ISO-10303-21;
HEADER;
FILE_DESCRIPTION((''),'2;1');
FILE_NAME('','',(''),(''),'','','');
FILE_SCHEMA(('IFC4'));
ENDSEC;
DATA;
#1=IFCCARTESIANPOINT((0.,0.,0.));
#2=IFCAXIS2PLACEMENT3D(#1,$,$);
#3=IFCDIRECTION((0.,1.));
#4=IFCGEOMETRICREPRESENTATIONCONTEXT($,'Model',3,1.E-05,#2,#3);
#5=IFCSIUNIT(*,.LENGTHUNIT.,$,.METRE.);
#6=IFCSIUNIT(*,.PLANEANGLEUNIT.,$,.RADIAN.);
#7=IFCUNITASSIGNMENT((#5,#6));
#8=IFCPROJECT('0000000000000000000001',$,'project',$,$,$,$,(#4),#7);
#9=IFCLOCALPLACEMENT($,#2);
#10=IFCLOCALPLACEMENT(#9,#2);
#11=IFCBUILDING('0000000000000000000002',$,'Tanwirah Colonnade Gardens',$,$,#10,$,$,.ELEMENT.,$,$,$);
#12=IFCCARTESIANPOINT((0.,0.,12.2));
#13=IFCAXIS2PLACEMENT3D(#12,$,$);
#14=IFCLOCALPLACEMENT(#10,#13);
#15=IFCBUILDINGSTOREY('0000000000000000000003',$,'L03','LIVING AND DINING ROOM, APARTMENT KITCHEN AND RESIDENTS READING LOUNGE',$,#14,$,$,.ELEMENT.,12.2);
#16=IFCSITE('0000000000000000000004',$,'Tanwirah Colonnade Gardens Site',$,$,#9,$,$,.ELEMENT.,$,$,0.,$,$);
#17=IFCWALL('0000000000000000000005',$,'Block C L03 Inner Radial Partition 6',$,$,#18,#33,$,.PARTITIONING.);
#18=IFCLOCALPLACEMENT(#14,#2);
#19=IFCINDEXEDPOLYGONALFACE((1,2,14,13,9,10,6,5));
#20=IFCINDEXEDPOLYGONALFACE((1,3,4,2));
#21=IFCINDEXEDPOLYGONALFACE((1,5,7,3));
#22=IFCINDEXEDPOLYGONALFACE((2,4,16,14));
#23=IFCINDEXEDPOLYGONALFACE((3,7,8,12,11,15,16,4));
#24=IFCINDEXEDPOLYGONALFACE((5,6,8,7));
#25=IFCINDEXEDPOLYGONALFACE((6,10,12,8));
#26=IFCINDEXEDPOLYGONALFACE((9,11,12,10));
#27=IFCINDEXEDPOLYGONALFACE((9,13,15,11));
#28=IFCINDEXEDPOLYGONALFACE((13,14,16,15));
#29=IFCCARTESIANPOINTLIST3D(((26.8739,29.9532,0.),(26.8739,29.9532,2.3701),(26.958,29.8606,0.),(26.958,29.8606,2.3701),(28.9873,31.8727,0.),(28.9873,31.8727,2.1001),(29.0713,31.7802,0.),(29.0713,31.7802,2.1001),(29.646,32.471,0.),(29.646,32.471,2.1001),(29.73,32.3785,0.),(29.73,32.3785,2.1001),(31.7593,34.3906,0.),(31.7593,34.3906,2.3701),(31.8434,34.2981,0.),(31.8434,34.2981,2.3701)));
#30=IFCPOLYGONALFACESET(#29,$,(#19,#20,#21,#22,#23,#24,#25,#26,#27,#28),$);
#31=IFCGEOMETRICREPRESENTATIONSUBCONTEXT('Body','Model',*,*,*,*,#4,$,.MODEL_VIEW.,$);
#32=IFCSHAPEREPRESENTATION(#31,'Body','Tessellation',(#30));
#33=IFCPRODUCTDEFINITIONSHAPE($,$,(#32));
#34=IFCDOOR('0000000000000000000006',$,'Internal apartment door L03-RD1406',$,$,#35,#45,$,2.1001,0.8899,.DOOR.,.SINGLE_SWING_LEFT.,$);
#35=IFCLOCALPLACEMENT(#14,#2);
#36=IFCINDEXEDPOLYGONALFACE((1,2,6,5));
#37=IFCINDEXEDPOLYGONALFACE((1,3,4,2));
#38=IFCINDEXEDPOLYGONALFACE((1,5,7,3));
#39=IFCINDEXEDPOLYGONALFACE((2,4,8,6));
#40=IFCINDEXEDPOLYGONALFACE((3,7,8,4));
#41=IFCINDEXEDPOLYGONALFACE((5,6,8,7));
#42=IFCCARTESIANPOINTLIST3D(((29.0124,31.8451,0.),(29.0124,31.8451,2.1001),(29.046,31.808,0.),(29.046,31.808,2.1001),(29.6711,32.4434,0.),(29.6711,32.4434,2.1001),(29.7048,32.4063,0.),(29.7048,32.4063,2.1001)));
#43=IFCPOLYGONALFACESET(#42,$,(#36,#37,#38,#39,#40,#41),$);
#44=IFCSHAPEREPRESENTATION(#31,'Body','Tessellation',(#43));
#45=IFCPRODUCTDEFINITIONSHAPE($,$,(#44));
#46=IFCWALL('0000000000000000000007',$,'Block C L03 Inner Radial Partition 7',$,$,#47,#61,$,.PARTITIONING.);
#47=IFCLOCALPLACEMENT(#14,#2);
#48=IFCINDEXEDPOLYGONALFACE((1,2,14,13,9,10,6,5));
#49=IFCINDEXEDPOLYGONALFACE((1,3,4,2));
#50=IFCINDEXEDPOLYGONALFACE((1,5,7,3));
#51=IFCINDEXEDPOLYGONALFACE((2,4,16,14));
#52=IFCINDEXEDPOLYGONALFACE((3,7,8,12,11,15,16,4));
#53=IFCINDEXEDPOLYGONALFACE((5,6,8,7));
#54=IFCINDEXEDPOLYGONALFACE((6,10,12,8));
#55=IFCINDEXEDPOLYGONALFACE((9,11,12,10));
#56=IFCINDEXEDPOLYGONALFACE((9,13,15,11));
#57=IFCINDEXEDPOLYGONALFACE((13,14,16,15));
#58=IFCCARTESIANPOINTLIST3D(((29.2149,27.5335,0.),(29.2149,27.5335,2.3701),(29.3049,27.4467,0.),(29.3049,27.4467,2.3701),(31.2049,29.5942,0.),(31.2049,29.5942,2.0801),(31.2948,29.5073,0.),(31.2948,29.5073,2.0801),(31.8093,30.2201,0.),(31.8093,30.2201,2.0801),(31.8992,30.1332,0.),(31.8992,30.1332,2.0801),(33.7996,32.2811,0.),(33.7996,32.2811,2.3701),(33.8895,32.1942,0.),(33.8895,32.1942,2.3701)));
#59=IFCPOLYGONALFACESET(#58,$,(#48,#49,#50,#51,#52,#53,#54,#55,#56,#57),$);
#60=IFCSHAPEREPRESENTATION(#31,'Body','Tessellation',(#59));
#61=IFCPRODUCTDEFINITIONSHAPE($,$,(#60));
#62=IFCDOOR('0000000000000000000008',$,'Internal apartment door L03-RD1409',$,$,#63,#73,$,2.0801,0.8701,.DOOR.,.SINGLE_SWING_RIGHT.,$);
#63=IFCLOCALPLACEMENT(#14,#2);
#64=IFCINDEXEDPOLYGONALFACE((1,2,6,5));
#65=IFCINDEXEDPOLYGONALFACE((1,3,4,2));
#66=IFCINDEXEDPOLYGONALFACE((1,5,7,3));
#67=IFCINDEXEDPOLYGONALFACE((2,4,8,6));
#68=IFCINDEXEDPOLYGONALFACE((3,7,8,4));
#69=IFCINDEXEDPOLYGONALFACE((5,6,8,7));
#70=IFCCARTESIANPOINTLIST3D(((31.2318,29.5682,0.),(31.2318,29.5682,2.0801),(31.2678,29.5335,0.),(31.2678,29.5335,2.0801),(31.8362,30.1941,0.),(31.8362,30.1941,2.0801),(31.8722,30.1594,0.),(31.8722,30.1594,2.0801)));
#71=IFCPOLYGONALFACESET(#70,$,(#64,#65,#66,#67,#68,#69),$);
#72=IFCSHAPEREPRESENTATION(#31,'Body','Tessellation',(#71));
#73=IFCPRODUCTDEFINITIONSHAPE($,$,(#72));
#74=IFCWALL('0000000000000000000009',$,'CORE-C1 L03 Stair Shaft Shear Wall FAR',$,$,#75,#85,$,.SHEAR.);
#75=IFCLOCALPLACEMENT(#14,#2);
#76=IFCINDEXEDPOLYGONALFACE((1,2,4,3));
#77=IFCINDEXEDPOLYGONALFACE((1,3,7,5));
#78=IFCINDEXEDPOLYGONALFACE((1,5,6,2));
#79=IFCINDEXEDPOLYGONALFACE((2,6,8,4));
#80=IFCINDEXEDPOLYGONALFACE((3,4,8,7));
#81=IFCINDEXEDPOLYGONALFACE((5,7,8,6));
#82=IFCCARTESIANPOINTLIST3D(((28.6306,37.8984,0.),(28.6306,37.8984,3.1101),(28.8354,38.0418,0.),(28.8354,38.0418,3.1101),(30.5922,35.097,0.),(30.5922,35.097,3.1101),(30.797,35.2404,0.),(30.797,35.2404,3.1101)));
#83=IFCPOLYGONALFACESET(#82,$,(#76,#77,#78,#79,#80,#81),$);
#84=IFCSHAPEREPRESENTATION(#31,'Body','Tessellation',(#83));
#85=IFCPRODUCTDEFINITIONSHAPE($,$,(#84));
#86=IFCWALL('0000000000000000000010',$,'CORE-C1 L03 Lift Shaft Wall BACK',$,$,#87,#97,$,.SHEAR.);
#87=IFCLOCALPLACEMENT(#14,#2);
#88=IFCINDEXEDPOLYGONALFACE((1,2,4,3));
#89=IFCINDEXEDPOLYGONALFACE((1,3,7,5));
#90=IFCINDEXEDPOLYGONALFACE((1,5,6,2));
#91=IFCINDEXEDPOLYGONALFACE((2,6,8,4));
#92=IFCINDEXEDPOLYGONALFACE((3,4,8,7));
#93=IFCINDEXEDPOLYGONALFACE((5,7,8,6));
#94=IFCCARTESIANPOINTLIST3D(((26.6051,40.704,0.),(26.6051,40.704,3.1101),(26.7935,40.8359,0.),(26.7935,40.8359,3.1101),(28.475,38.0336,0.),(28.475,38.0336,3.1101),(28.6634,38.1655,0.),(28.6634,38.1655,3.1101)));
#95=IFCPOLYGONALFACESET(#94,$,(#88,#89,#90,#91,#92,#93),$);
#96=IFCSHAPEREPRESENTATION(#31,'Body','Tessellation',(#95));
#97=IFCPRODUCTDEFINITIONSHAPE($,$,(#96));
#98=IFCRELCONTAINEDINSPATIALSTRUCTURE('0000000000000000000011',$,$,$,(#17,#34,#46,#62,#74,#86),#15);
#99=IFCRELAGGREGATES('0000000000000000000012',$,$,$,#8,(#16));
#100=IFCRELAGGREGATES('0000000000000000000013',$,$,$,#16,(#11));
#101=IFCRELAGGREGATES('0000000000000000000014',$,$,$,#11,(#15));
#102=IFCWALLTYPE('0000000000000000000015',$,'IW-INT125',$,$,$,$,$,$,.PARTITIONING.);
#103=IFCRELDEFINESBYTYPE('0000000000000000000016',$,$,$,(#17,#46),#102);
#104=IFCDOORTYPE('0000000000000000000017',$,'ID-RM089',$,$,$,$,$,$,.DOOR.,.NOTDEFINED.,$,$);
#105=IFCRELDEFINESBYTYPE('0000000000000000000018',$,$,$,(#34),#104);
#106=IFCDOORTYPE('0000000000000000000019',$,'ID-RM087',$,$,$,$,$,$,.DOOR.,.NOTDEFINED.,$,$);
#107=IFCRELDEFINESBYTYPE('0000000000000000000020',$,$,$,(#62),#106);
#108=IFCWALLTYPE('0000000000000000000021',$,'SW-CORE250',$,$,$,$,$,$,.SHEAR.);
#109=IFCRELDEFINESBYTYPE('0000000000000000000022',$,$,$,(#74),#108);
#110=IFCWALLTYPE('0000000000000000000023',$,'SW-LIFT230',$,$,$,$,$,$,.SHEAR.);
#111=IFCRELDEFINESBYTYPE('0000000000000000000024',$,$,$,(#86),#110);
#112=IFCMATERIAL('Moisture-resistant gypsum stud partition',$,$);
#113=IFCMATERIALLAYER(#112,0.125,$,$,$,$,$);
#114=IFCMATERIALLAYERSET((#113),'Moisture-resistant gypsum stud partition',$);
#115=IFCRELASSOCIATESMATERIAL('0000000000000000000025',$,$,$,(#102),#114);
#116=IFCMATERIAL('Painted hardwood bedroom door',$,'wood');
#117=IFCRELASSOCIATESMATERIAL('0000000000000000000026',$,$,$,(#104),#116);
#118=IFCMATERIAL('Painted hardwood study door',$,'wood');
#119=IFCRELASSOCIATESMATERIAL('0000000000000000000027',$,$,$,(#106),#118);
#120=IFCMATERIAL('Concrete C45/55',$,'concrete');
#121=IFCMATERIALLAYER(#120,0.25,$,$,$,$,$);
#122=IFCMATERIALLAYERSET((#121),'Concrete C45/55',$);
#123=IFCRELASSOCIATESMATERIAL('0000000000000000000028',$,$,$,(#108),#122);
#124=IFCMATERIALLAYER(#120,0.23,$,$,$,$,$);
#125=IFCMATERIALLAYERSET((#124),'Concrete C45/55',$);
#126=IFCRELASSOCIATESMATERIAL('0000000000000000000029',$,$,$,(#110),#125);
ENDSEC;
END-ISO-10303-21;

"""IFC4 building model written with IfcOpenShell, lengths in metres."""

from ifc_helpers import new_model, si_unit, direction, frame, frame_2d, origin, place, context, subcontext, project, spatial, rectangle, extrude, material, layer, layer_set, type_object, element, fill, save


model = new_model("IFC4")

# Units and contexts
model_context = context("Model", 3, precision=1e-05, world=origin(), true_north=direction((0.0, 1.0)))
body_context = subcontext(model_context, "Body", "Model", "MODEL_VIEW")
ifc_project = project(units=[si_unit("LENGTHUNIT", "METRE"), si_unit("PLANEANGLEUNIT", "RADIAN")], contexts=[model_context])

# Site, building, storey
site_placement = place(None, origin())
site = spatial("IfcSite", under=ifc_project, at=site_placement, Name="Tanwirah Colonnade Gardens Site", CompositionType="ELEMENT", RefElevation=0.0)
building_placement = place(site_placement, origin())
building = spatial("IfcBuilding", under=site, at=building_placement, Name="Tanwirah Colonnade Gardens", CompositionType="ELEMENT")
storey_placement = place(building_placement, frame((0.0, 0.0, 12.2)))
storey = spatial("IfcBuildingStorey", under=building, at=storey_placement, Name="L03", Description="LIVING AND DINING ROOM, APARTMENT KITCHEN AND RESIDENTS READING LOUNGE", CompositionType="ELEMENT", Elevation=12.2)

# Walls, openings, doors
ifc_material_1 = material(Name="Moisture-resistant gypsum stud partition")
ifc_layer_1 = layer(ifc_material_1, 0.125)
ifc_layer_set_1 = layer_set([ifc_layer_1], Name="Moisture-resistant gypsum stud partition")
wall_type_1 = type_object("IfcWallType", Name="IW-INT125", PredefinedType="PARTITIONING", material=ifc_layer_set_1)
wall_1_placement = place(storey_placement, frame((31.8013, 34.3442, 0.0), z_axis=(0.0, 0.0, 1.0), x_axis=(-0.740231, -0.672352, 0.0)))
wall_1 = element("IfcWall", 1, at=wall_1_placement, inside=storey, type_object=wall_type_1, Name="Block C L03 Inner Radial Partition 6", PredefinedType="PARTITIONING", context=body_context, shape_type="SweptSolid", body=[
    extrude(rectangle(XDim=6.5999, YDim=0.125, at=frame_2d((3.2998, 0.0))), origin(), (0.0, 0.0, 1.0), 2.3701),
])
opening_1_placement = place(wall_1_placement, frame((2.855, 0.0, 0.0)))
opening_1 = element("IfcOpeningElement", 2, at=opening_1_placement, cuts=wall_1, PredefinedType="OPENING", context=body_context, shape_type="SweptSolid", body=[
    extrude(rectangle(XDim=0.8899, YDim=2.1001, at=frame_2d((0.4448, 1.05))), frame((0.0, 0.0725, 0.0), z_axis=(0.0, -1.0, 0.0), x_axis=(1.0, 0.0, 0.0)), (0.0, 0.0, 1.0), 0.145),
])
ifc_material_2 = material(Name="Painted hardwood bedroom door", Category="wood")
door_type_1 = type_object("IfcDoorType", Name="ID-RM089", OperationType="NOTDEFINED", PredefinedType="DOOR", material=ifc_material_2)
door_1_placement = place(opening_1_placement, origin())
door_1 = element("IfcDoor", 3, at=door_1_placement, inside=storey, type_object=door_type_1, Name="Internal apartment door L03-RD1406", OperationType="SINGLE_SWING_LEFT", OverallHeight=2.1001, OverallWidth=0.8899, PredefinedType="DOOR", context=body_context, shape_type="SweptSolid", body=[
    extrude(rectangle(XDim=0.8899, YDim=2.1001, at=frame_2d((0.4448, 1.05))), frame((0.0, 0.0249, 0.0), z_axis=(0.0, -1.0, 0.0), x_axis=(1.0, 0.0, 0.0)), (0.0, 0.0, 1.0), 0.05),
])
fill(opening_1, door_1)
wall_2_placement = place(storey_placement, frame((33.8445, 32.2375, 0.0), z_axis=(0.0, 0.0, 1.0), x_axis=(-0.694663, -0.719336, 0.0)))
wall_2 = element("IfcWall", 4, at=wall_2_placement, inside=storey, type_object=wall_type_1, Name="Block C L03 Inner Radial Partition 7", PredefinedType="PARTITIONING", context=body_context, shape_type="SweptSolid", body=[
    extrude(rectangle(XDim=6.5999, YDim=0.125, at=frame_2d((3.2998, 0.0))), origin(), (0.0, 0.0, 1.0), 2.3701),
])
opening_2_placement = place(wall_2_placement, frame((2.865, 0.0, 0.0)))
opening_2 = element("IfcOpeningElement", 5, at=opening_2_placement, cuts=wall_2, PredefinedType="OPENING", context=body_context, shape_type="SweptSolid", body=[
    extrude(rectangle(XDim=0.8701, YDim=2.0801, at=frame_2d((0.4351, 1.04))), frame((0.0, 0.0725, 0.0), z_axis=(0.0, -1.0, 0.0), x_axis=(1.0, 0.0, 0.0)), (0.0, 0.0, 1.0), 0.145),
])
ifc_material_3 = material(Name="Painted hardwood study door", Category="wood")
door_type_2 = type_object("IfcDoorType", Name="ID-RM087", OperationType="NOTDEFINED", PredefinedType="DOOR", material=ifc_material_3)
door_2_placement = place(opening_2_placement, origin())
door_2 = element("IfcDoor", 6, at=door_2_placement, inside=storey, type_object=door_type_2, Name="Internal apartment door L03-RD1409", OperationType="SINGLE_SWING_RIGHT", OverallHeight=2.0801, OverallWidth=0.8701, PredefinedType="DOOR", context=body_context, shape_type="SweptSolid", body=[
    extrude(rectangle(XDim=0.8701, YDim=2.0801, at=frame_2d((0.4351, 1.04))), frame((0.0, 0.0249, 0.0), z_axis=(0.0, -1.0, 0.0), x_axis=(1.0, 0.0, 0.0)), (0.0, 0.0, 1.0), 0.05),
])
fill(opening_2, door_2)

# Walls
ifc_material_4 = material(Name="Concrete C45/55", Category="concrete")
ifc_layer_2 = layer(ifc_material_4, 0.25)
ifc_layer_set_2 = layer_set([ifc_layer_2], Name="Concrete C45/55")
wall_type_2 = type_object("IfcWallType", Name="SW-CORE250", PredefinedType="SHEAR", material=ifc_layer_set_2)
wall_3_placement = place(storey_placement, frame((30.6946, 35.1687, 0.0), z_axis=(0.0, 0.0, 1.0), x_axis=(-0.573582, 0.819148, 0.0)))
element("IfcWall", 7, at=wall_3_placement, inside=storey, type_object=wall_type_2, Name="CORE-C1 L03 Stair Shaft Shear Wall FAR", PredefinedType="SHEAR", context=body_context, shape_type="SweptSolid", body=[
    extrude(rectangle(XDim=3.4199, YDim=0.25, at=frame_2d((1.71, 0.0))), origin(), (0.0, 0.0, 1.0), 3.1101),
])
ifc_layer_3 = layer(ifc_material_4, 0.23)
ifc_layer_set_3 = layer_set([ifc_layer_3], Name="Concrete C45/55")
wall_type_3 = type_object("IfcWallType", Name="SW-LIFT230", PredefinedType="SHEAR", material=ifc_layer_set_3)
wall_4_placement = place(storey_placement, frame((28.5691, 38.0996, 0.0), z_axis=(0.0, 0.0, 1.0), x_axis=(-0.573583, 0.819147, 0.0)))
element("IfcWall", 8, at=wall_4_placement, inside=storey, type_object=wall_type_3, Name="CORE-C1 L03 Lift Shaft Wall BACK", PredefinedType="SHEAR", context=body_context, shape_type="SweptSolid", body=[
    extrude(rectangle(XDim=3.26, YDim=0.23, at=frame_2d((1.6299, 0.0))), origin(), (0.0, 0.0, 1.0), 3.1101),
])

save(model, "model.ifc")
